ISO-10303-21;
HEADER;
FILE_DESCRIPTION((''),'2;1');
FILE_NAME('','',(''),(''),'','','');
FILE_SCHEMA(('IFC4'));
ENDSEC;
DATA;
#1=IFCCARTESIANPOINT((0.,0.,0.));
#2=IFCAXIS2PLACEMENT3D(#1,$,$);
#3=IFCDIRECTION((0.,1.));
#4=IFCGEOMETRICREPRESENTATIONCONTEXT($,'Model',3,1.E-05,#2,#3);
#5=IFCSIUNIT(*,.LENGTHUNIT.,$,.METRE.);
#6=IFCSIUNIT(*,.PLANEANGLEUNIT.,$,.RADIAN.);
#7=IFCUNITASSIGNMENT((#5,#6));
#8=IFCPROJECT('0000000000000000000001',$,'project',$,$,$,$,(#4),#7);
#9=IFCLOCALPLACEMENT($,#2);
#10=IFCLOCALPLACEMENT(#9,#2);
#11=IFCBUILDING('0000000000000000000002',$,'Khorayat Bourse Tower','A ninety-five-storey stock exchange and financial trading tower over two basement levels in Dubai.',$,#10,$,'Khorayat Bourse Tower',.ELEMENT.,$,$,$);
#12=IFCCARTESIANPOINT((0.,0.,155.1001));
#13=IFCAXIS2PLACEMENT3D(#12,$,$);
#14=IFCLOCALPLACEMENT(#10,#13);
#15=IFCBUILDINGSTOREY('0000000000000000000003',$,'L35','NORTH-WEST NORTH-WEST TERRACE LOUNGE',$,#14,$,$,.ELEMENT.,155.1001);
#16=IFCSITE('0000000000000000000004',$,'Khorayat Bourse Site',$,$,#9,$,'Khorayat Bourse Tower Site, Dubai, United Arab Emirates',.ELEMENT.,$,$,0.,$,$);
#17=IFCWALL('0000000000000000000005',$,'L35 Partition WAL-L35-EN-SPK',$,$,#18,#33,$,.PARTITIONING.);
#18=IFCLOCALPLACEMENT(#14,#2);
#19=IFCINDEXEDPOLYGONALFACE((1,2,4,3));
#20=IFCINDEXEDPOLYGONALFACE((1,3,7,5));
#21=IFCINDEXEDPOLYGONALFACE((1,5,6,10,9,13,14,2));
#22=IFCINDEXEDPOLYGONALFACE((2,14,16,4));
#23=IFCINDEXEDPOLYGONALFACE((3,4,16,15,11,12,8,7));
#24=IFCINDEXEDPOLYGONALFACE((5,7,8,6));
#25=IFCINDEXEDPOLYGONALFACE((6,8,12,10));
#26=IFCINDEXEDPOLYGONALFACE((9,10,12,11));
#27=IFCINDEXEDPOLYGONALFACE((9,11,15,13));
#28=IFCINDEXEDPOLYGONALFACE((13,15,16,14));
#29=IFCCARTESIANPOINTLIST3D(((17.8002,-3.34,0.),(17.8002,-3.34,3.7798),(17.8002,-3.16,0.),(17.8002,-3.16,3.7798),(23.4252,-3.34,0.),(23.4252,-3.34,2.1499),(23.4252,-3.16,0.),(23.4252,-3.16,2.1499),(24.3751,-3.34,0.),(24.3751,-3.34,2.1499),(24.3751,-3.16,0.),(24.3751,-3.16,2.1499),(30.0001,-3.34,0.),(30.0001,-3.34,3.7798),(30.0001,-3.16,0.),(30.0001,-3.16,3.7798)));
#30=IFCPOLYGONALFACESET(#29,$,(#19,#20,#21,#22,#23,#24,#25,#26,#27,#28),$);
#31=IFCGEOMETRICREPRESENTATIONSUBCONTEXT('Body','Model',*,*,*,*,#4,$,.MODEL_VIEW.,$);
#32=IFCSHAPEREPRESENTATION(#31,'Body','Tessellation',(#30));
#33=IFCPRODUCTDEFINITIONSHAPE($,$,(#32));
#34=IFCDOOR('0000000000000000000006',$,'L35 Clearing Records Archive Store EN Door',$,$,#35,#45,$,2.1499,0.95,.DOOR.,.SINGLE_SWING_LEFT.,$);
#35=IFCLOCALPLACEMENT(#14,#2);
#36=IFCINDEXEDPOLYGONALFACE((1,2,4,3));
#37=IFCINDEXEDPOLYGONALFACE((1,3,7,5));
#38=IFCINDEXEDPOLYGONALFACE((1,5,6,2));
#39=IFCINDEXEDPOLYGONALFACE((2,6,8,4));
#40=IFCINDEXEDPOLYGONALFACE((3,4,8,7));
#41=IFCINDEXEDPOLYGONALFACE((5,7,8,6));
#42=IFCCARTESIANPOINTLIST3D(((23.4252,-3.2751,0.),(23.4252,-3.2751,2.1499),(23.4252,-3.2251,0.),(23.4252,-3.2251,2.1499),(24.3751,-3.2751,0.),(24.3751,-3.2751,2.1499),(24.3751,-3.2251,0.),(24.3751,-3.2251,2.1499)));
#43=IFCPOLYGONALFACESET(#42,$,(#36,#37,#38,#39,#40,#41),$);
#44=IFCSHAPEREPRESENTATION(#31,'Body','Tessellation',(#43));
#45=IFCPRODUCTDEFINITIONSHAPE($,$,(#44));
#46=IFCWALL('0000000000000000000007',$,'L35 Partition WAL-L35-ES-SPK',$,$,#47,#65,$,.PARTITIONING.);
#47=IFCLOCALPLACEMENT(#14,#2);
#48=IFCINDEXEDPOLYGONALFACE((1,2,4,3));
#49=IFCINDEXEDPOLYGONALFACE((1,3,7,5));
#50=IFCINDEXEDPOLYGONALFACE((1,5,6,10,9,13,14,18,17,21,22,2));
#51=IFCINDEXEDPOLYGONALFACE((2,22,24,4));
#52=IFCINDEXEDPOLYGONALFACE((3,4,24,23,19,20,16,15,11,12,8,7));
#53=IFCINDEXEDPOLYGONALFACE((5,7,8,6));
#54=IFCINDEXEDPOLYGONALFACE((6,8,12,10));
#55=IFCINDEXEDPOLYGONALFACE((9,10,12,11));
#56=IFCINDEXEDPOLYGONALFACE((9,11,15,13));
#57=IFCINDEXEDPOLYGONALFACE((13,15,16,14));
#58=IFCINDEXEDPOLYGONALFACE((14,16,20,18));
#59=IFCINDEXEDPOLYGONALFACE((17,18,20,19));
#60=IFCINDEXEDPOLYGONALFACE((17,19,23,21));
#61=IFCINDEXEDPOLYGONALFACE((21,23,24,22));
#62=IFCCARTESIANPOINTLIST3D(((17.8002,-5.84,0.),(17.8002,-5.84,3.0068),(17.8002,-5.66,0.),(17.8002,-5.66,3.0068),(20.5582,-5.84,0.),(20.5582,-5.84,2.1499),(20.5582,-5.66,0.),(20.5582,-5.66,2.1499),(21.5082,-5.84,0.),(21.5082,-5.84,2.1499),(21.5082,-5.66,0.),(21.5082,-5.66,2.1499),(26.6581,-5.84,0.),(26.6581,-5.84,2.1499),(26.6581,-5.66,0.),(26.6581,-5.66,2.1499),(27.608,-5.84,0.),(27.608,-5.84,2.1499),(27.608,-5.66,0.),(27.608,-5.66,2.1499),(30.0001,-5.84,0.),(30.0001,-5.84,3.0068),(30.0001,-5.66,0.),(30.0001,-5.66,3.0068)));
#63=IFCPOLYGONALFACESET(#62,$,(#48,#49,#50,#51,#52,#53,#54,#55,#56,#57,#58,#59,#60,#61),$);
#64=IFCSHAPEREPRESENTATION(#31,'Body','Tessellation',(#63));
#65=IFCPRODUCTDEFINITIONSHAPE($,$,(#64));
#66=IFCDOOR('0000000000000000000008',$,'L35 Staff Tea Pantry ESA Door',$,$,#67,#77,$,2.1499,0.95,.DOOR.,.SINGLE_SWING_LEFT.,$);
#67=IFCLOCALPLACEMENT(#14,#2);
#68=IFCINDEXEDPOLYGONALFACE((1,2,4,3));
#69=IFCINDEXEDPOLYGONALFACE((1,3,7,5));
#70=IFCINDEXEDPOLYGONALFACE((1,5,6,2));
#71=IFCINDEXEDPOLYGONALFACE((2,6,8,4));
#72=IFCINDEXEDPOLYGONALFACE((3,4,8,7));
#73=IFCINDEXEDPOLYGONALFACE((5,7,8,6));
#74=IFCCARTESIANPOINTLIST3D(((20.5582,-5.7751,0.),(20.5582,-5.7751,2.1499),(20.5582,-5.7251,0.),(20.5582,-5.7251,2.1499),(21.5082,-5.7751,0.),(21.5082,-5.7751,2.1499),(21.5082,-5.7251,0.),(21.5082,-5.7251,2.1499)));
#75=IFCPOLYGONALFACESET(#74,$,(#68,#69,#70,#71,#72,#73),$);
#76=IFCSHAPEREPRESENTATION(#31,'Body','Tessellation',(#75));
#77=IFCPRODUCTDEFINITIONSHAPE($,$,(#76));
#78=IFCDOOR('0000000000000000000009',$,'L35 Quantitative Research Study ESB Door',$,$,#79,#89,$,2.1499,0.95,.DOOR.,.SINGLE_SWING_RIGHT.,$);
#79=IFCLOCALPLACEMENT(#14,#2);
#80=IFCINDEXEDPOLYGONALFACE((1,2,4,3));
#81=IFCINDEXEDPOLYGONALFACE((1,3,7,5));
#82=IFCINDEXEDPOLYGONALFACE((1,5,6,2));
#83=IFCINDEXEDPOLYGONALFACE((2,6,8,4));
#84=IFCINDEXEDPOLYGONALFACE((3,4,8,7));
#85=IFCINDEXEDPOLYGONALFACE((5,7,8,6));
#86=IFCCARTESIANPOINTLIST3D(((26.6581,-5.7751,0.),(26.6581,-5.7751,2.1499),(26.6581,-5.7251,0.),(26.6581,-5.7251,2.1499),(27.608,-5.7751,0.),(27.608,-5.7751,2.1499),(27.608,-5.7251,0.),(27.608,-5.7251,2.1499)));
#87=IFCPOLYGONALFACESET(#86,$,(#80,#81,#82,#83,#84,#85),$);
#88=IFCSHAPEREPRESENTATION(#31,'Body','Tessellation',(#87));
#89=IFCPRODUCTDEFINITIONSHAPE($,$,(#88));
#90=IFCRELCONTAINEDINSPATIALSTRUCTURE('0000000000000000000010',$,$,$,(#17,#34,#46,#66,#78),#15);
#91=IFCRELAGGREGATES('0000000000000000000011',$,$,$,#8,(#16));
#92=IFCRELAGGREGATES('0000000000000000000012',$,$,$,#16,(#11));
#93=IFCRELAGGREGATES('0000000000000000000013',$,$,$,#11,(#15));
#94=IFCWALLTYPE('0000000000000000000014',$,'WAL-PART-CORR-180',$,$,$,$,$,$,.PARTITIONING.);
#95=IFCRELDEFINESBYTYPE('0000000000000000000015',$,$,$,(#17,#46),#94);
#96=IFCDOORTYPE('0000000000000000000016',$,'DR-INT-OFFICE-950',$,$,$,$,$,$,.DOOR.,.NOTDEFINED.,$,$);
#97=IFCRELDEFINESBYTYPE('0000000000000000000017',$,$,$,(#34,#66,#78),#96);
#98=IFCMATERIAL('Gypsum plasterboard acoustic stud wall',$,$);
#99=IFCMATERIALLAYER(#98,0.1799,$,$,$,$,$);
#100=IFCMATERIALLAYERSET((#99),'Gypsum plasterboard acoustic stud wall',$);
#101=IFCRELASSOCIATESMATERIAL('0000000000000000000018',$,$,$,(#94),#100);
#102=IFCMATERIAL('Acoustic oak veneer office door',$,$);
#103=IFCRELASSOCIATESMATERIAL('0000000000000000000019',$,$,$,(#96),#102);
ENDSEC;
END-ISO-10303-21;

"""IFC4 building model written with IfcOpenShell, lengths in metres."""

from ifc_helpers import new_model, si_unit, direction, frame, frame_2d, origin, place, context, subcontext, project, spatial, rectangle, extrude, source, transform, mapped, material, layer, layer_set, type_object, element, fill, save


model = new_model("IFC4")

# Units and contexts
model_context = context("Model", 3, precision=1e-05, world=origin(), true_north=direction((0.0, 1.0)))
body_context = subcontext(model_context, "Body", "Model", "MODEL_VIEW")
ifc_project = project(units=[si_unit("LENGTHUNIT", "METRE"), si_unit("PLANEANGLEUNIT", "RADIAN")], contexts=[model_context])

# Site, building, storey
site_placement = place(None, origin())
site = spatial("IfcSite", under=ifc_project, at=site_placement, Name="Khorayat Bourse Site", LongName="Khorayat Bourse Tower Site, Dubai, United Arab Emirates", CompositionType="ELEMENT", RefElevation=0.0)
building_placement = place(site_placement, origin())
building = spatial("IfcBuilding", under=site, at=building_placement, Name="Khorayat Bourse Tower", Description="A ninety-five-storey stock exchange and financial trading tower over two basement levels in Dubai.", LongName="Khorayat Bourse Tower", CompositionType="ELEMENT")
storey_placement = place(building_placement, frame((0.0, 0.0, 155.1001)))
storey = spatial("IfcBuildingStorey", under=building, at=storey_placement, Name="L35", Description="NORTH-WEST NORTH-WEST TERRACE LOUNGE", CompositionType="ELEMENT", Elevation=155.1001)

# Shared definitions
ifc_material_1 = material(Name="Gypsum plasterboard acoustic stud wall")
ifc_layer_1 = layer(ifc_material_1, 0.1799)
ifc_layer_set_1 = layer_set([ifc_layer_1], Name="Gypsum plasterboard acoustic stud wall")
wall_type_1 = type_object("IfcWallType", Name="WAL-PART-CORR-180", PredefinedType="PARTITIONING", material=ifc_layer_set_1)

# Wall, opening, door
shared_shape_1 = source(origin(), body_context, "Body", "SweptSolid", [
    extrude(rectangle(XDim=12.2, YDim=0.1799, at=frame_2d((6.1001, 0.0))), origin(), (0.0, 0.0, 1.0), 3.7798),
])
wall_1_placement = place(storey_placement, frame((17.8, -3.25, 0.0), z_axis=(0.0, 0.0, 1.0), x_axis=(1.0, 0.0, 0.0)))
wall_1 = element("IfcWall", 1, at=wall_1_placement, inside=storey, type_object=wall_type_1, Name="L35 Partition WAL-L35-EN-SPK", PredefinedType="PARTITIONING", context=body_context, shape_type="MappedRepresentation", body=[
    mapped(shared_shape_1, transform((0.0, 0.0, 0.0), scale=1.0)),
])
shared_shape_2 = source(origin(), body_context, "Body", "SweptSolid", [
    extrude(rectangle(XDim=0.95, YDim=2.1499, at=frame_2d((0.4751, 1.075))), frame((0.0, 0.0999, 0.0), z_axis=(0.0, -1.0, 0.0), x_axis=(1.0, 0.0, 0.0)), (0.0, 0.0, 1.0), 0.2),
])
opening_1_placement = place(wall_1_placement, frame((5.625, 0.0, 0.0)))
opening_1 = element("IfcOpeningElement", 2, at=opening_1_placement, cuts=wall_1, PredefinedType="OPENING", context=body_context, shape_type="MappedRepresentation", body=[
    mapped(shared_shape_2, transform((0.0, 0.0, 0.0), scale=1.0)),
])
ifc_material_2 = material(Name="Acoustic oak veneer office door")
door_type_1 = type_object("IfcDoorType", Name="DR-INT-OFFICE-950", OperationType="NOTDEFINED", PredefinedType="DOOR", material=ifc_material_2)
shared_shape_3 = source(origin(), body_context, "Body", "SweptSolid", [
    extrude(rectangle(XDim=0.95, YDim=2.1499, at=frame_2d((0.4751, 1.075))), frame((0.0, 0.0249, 0.0), z_axis=(0.0, -1.0, 0.0), x_axis=(1.0, 0.0, 0.0)), (0.0, 0.0, 1.0), 0.05),
])
door_1_placement = place(opening_1_placement, origin())
door_1 = element("IfcDoor", 3, at=door_1_placement, inside=storey, type_object=door_type_1, Name="L35 Clearing Records Archive Store EN Door", OperationType="SINGLE_SWING_LEFT", OverallHeight=2.1499, OverallWidth=0.95, PredefinedType="DOOR", context=body_context, shape_type="MappedRepresentation", body=[
    mapped(shared_shape_3, transform((0.0, 0.0, 0.0), scale=1.0)),
])
fill(opening_1, door_1)

# Wall, openings, doors
shared_shape_4 = source(origin(), body_context, "Body", "SweptSolid", [
    extrude(rectangle(XDim=12.2, YDim=0.1799, at=frame_2d((6.1001, 0.0))), origin(), (0.0, 0.0, 1.0), 3.0068),
])
wall_2_placement = place(storey_placement, frame((17.8, -5.75, 0.0), z_axis=(0.0, 0.0, 1.0), x_axis=(1.0, 0.0, 0.0)))
wall_2 = element("IfcWall", 4, at=wall_2_placement, inside=storey, type_object=wall_type_1, Name="L35 Partition WAL-L35-ES-SPK", PredefinedType="PARTITIONING", context=body_context, shape_type="MappedRepresentation", body=[
    mapped(shared_shape_4, transform((0.0, 0.0, 0.0), scale=1.0)),
])
opening_2_placement = place(wall_2_placement, frame((2.7581, 0.0, 0.0)))
opening_2 = element("IfcOpeningElement", 5, at=opening_2_placement, cuts=wall_2, PredefinedType="OPENING", context=body_context, shape_type="MappedRepresentation", body=[
    mapped(shared_shape_2, transform((0.0, 0.0, 0.0), scale=1.0)),
])
opening_3_placement = place(wall_2_placement, frame((8.8579, 0.0, 0.0)))
opening_3 = element("IfcOpeningElement", 6, at=opening_3_placement, cuts=wall_2, PredefinedType="OPENING", context=body_context, shape_type="MappedRepresentation", body=[
    mapped(shared_shape_2, transform((0.0, 0.0, 0.0), scale=1.0)),
])
door_2_placement = place(opening_2_placement, origin())
door_2 = element("IfcDoor", 7, at=door_2_placement, inside=storey, type_object=door_type_1, Name="L35 Staff Tea Pantry ESA Door", OperationType="SINGLE_SWING_LEFT", OverallHeight=2.1499, OverallWidth=0.95, PredefinedType="DOOR", context=body_context, shape_type="MappedRepresentation", body=[
    mapped(shared_shape_3, transform((0.0, 0.0, 0.0), scale=1.0)),
])
fill(opening_2, door_2)
door_3_placement = place(opening_3_placement, origin())
door_3 = element("IfcDoor", 8, at=door_3_placement, inside=storey, type_object=door_type_1, Name="L35 Quantitative Research Study ESB Door", OperationType="SINGLE_SWING_RIGHT", OverallHeight=2.1499, OverallWidth=0.95, PredefinedType="DOOR", context=body_context, shape_type="MappedRepresentation", body=[
    mapped(shared_shape_3, transform((0.0, 0.0, 0.0), scale=1.0)),
])
fill(opening_3, door_3)

save(model, "model.ifc")
